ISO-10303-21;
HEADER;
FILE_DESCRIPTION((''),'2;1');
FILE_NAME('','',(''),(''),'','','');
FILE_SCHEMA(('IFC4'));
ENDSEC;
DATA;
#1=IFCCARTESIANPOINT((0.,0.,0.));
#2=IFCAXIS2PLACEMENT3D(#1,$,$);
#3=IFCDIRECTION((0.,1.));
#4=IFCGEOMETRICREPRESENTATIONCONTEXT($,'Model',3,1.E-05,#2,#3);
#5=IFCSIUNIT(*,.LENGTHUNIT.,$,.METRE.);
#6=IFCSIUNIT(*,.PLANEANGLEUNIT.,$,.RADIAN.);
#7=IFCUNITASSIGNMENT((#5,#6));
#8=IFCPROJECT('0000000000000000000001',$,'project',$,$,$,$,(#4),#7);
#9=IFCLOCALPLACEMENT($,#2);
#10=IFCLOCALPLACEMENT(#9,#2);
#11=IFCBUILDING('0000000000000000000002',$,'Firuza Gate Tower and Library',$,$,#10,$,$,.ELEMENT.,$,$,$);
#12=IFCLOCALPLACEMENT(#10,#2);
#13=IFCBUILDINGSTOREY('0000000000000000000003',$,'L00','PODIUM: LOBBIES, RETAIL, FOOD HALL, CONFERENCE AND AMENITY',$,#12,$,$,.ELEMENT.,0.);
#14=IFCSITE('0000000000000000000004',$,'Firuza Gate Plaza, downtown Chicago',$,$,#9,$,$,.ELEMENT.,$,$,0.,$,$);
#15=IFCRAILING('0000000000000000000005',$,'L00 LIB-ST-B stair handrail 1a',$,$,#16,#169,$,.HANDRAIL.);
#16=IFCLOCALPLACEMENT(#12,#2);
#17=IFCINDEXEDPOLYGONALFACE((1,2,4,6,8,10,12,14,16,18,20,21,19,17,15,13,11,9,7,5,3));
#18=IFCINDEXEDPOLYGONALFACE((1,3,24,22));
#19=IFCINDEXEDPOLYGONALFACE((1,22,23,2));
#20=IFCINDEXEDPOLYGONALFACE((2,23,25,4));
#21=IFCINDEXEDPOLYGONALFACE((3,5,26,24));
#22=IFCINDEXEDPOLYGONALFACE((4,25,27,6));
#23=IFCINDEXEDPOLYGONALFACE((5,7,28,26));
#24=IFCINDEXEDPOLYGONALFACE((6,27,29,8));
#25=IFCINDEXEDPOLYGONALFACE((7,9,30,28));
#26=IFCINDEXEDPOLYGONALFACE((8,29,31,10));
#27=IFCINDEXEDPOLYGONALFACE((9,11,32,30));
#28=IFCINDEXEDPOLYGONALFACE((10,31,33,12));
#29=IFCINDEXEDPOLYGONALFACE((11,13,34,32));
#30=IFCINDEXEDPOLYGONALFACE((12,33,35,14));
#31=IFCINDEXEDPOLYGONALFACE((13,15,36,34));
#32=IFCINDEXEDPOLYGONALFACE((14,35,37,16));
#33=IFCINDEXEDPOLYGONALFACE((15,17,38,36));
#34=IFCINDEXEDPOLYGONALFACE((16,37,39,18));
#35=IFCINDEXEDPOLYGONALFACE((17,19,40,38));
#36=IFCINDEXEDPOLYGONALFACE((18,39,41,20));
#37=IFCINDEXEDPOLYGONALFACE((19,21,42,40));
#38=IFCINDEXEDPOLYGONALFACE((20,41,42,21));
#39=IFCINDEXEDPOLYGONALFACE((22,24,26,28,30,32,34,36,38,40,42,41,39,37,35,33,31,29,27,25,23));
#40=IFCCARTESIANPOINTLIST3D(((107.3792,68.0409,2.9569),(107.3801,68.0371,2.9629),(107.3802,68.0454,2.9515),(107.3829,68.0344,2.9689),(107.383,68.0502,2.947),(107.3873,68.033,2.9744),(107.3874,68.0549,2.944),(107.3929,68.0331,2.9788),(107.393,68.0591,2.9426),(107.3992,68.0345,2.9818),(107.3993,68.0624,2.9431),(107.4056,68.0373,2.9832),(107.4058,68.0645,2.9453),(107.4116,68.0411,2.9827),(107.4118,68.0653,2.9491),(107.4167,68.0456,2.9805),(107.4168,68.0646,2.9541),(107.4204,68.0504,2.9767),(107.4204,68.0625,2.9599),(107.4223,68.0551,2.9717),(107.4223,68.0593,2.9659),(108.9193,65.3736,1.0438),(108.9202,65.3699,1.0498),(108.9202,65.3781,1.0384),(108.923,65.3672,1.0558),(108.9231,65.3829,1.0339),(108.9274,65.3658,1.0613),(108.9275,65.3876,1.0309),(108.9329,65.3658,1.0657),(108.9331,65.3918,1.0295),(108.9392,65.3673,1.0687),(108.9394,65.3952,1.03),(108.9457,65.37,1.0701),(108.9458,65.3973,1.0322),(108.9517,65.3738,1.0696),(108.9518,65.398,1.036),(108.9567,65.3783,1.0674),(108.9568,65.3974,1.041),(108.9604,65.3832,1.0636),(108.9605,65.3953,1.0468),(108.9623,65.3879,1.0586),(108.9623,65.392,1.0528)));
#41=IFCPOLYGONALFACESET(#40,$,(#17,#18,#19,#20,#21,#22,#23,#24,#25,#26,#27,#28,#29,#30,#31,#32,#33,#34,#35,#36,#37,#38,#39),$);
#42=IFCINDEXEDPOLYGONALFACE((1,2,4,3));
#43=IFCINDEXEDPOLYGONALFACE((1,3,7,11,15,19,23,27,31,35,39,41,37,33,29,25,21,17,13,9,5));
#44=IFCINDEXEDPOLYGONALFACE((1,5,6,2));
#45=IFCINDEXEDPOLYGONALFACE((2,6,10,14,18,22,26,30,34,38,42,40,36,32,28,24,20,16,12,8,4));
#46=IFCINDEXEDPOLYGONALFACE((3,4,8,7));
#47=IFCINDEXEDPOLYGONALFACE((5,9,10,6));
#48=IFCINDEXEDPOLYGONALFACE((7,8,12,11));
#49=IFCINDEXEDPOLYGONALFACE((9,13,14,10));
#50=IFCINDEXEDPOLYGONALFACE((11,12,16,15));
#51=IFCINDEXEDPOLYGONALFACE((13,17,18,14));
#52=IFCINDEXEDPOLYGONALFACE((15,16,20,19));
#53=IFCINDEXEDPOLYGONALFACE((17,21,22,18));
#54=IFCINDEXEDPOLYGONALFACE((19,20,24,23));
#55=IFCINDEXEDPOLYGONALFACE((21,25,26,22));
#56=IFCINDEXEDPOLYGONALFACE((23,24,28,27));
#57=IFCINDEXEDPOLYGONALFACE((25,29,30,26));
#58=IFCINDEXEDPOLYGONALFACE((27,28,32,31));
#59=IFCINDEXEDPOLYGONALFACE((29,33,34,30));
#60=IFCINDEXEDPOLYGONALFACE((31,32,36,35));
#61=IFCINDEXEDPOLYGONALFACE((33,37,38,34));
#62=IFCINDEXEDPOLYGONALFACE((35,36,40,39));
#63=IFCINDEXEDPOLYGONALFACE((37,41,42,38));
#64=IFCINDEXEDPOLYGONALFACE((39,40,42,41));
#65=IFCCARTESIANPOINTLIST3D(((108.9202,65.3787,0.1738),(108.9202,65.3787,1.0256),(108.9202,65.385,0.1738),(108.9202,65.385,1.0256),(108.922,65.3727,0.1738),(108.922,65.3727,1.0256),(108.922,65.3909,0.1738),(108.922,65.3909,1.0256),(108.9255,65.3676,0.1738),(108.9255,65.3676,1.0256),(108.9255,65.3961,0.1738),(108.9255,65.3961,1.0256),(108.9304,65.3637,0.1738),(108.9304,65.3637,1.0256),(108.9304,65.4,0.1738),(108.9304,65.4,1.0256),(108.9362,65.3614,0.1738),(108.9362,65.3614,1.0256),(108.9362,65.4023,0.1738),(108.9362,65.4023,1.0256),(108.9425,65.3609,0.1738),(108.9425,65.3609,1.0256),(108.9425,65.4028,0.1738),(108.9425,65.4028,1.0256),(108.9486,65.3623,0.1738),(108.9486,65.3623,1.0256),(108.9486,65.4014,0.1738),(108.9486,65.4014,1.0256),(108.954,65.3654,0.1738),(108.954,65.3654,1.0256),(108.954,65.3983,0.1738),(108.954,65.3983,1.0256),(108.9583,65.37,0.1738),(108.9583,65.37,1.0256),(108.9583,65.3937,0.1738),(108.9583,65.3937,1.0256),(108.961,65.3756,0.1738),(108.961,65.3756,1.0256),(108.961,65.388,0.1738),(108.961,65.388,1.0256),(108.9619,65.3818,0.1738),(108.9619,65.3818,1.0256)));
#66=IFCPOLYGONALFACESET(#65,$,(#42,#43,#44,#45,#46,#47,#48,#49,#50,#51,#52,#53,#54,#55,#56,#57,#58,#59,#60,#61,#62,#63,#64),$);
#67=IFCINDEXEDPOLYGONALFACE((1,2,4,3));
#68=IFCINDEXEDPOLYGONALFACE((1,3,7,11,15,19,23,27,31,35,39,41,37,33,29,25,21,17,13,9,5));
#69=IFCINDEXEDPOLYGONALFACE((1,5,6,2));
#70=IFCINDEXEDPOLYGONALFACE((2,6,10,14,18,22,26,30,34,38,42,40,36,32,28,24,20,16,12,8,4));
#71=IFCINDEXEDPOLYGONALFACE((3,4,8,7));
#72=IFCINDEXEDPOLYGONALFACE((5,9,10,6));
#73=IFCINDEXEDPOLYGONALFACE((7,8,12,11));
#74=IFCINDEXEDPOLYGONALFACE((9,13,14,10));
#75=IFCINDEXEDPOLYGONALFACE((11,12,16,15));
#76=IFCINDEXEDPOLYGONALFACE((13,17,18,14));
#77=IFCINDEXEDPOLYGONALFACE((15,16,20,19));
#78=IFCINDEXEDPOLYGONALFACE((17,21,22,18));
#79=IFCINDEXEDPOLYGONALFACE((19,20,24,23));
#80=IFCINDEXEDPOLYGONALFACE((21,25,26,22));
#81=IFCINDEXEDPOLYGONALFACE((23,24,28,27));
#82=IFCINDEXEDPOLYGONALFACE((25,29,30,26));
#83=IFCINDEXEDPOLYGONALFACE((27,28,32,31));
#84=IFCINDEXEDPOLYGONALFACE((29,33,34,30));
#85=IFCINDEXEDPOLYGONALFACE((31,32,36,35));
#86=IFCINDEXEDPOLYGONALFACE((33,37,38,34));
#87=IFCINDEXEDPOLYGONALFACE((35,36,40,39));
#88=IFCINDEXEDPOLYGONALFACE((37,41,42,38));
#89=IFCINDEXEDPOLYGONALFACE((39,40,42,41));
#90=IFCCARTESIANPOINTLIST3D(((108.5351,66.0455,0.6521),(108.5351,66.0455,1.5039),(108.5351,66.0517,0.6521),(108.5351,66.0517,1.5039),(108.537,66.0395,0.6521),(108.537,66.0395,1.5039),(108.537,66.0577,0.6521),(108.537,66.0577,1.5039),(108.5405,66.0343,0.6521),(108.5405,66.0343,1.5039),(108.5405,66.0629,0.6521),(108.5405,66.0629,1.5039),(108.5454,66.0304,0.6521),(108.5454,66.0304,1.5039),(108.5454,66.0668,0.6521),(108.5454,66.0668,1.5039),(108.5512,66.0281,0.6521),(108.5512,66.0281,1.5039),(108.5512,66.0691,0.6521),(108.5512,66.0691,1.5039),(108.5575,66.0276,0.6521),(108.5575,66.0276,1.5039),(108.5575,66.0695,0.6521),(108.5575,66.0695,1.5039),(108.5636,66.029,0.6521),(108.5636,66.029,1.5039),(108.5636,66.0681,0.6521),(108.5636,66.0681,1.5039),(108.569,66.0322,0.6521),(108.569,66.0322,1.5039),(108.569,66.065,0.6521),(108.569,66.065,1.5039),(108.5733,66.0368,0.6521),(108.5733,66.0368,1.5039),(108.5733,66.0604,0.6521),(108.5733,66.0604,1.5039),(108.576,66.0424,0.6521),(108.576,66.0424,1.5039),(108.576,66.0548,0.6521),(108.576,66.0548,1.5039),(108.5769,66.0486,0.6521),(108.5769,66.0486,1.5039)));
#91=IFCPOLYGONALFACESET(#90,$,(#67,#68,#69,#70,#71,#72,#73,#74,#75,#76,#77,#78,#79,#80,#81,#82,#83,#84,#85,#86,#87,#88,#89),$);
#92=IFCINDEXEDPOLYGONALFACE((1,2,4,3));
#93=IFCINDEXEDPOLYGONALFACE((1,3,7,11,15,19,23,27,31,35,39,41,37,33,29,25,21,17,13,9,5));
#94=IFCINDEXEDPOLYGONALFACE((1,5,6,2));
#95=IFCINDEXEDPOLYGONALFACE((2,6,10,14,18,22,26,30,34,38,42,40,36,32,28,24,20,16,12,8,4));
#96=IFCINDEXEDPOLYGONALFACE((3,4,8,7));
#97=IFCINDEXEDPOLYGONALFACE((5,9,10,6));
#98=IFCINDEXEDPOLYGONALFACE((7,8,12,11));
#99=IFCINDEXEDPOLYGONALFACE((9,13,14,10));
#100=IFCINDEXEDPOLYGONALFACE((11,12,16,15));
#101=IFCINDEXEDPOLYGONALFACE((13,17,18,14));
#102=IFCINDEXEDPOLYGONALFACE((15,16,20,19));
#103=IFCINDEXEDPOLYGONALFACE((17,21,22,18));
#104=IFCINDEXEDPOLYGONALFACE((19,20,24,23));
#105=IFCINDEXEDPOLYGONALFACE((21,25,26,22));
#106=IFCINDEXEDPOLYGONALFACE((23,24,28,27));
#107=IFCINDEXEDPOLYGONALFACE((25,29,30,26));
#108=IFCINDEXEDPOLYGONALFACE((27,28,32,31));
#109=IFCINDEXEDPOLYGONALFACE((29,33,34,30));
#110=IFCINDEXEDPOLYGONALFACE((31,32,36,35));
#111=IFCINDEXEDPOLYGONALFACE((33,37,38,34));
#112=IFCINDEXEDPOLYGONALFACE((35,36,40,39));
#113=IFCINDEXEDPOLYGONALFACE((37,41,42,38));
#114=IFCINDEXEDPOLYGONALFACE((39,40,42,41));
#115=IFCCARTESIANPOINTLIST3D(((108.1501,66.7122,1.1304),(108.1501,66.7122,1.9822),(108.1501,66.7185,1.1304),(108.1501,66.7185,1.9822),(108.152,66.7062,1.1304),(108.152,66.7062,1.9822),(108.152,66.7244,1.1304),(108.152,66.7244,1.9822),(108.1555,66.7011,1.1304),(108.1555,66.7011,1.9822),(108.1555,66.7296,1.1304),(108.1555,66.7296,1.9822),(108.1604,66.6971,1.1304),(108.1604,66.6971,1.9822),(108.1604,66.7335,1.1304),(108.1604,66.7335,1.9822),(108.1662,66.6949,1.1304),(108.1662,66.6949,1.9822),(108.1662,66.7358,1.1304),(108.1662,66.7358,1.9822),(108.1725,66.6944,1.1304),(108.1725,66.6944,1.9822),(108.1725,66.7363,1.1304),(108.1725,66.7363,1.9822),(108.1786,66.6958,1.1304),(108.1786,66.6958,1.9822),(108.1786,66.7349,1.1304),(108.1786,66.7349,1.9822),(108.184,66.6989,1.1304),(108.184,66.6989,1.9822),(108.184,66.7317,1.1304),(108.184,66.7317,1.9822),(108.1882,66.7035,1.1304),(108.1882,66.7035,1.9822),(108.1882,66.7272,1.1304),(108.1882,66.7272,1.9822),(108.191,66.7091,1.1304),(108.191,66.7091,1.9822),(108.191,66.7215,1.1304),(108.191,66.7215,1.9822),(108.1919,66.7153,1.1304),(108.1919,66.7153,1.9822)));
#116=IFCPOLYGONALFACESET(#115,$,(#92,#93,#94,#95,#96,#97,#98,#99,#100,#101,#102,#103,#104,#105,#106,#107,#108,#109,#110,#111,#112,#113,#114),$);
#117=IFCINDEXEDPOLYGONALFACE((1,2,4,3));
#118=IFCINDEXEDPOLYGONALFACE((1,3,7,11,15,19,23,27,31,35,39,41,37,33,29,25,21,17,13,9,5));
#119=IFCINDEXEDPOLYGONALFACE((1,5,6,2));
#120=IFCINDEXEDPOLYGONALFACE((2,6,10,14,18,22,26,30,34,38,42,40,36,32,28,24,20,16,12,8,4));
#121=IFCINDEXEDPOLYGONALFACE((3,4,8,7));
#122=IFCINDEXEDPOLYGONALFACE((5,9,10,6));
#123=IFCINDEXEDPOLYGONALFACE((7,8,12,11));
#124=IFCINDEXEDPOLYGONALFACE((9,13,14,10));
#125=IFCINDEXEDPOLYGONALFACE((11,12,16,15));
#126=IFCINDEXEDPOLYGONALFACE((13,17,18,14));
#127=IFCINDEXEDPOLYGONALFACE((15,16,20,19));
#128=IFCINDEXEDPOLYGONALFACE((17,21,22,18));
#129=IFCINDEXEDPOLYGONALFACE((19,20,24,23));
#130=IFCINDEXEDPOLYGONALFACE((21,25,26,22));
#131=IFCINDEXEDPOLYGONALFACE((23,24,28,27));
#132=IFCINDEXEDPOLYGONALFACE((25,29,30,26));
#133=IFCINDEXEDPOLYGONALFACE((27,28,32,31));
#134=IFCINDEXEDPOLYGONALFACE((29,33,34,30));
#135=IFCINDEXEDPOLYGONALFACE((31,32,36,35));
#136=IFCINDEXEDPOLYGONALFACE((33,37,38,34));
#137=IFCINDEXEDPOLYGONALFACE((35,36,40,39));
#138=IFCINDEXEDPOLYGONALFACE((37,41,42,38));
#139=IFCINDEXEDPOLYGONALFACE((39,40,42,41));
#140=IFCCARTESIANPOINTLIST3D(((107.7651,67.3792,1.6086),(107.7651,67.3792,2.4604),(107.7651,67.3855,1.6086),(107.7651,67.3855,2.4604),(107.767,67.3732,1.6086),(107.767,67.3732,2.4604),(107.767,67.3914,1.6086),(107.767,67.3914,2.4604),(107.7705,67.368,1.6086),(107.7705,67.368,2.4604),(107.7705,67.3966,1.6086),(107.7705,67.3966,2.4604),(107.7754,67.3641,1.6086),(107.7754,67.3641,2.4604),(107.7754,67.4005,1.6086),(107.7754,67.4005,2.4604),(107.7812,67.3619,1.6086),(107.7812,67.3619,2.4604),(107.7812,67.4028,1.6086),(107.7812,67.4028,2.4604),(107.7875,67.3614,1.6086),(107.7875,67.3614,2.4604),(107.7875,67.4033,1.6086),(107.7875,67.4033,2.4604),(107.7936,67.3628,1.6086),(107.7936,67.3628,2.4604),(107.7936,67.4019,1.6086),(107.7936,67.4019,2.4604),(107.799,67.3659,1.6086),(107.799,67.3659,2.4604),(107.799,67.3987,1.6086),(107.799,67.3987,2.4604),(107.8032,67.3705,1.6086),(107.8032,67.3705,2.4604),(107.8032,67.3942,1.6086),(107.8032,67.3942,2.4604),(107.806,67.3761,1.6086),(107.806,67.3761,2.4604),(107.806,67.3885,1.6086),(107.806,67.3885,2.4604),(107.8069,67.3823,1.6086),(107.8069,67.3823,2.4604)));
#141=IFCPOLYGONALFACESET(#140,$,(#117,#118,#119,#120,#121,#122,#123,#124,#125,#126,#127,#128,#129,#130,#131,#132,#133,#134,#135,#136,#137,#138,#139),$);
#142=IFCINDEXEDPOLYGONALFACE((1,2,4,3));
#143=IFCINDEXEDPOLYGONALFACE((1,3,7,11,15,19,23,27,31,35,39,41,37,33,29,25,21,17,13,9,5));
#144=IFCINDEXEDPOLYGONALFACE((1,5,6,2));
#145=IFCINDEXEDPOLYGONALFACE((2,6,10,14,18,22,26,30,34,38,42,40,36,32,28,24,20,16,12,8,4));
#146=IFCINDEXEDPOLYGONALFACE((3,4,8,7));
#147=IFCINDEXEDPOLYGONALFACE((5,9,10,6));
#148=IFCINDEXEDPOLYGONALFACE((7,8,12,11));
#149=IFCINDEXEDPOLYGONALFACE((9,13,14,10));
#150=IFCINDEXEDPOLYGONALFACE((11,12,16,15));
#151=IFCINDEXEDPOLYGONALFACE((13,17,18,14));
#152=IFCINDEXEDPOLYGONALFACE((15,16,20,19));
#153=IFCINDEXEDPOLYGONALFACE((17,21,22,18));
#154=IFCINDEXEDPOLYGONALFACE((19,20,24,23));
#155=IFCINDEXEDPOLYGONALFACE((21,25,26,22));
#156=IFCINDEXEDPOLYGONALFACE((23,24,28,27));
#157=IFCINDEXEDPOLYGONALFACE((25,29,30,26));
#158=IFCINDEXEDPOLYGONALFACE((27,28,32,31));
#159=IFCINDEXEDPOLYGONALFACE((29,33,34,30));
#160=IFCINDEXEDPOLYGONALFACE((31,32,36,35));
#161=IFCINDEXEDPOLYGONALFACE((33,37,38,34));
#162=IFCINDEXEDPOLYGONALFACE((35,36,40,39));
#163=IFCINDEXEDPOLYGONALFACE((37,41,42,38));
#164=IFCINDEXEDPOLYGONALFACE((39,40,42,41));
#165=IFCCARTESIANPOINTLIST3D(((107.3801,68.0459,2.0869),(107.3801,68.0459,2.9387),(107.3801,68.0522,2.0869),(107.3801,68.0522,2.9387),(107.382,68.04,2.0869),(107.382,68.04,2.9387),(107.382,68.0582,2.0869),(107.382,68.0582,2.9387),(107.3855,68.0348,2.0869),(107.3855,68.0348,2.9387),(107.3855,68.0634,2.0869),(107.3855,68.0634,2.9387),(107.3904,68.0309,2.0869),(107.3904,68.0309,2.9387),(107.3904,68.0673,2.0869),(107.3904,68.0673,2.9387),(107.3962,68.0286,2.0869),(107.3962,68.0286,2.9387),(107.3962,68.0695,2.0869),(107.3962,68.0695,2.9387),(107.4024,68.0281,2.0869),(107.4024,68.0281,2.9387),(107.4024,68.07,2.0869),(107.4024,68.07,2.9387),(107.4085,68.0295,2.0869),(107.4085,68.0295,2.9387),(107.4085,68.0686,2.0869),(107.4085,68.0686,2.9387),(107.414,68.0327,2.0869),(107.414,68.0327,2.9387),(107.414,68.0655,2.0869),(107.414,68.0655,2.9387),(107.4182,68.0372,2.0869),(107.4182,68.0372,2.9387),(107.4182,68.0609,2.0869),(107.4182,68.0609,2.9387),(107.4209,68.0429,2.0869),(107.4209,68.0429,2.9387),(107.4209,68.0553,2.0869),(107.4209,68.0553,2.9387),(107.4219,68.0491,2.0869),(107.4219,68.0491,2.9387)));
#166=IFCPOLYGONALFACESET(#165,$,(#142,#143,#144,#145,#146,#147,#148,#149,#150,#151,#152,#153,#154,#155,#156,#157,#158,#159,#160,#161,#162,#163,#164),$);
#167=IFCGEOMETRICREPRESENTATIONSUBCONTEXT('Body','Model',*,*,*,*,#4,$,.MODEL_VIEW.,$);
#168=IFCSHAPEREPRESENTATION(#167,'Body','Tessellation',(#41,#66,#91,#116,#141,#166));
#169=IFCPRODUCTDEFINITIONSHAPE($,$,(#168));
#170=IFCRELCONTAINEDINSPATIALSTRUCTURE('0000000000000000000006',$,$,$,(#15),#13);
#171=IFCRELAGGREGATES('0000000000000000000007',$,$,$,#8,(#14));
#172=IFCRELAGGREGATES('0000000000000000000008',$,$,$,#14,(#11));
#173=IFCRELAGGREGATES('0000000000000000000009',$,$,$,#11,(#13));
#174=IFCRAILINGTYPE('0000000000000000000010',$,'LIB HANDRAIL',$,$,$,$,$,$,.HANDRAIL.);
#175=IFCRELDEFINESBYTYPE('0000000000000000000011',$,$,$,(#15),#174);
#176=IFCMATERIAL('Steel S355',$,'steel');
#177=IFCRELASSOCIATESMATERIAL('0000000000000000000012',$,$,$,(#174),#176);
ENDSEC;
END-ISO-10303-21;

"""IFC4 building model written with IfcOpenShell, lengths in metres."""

from ifc_helpers import new_model, si_unit, direction, frame, origin, origin_2d, place, context, subcontext, project, spatial, circle, extrude, material, type_object, element, save


model = new_model("IFC4")

# Units and contexts
model_context = context("Model", 3, precision=1e-05, world=origin(), true_north=direction((0.0, 1.0)))
body_context = subcontext(model_context, "Body", "Model", "MODEL_VIEW")
ifc_project = project(units=[si_unit("LENGTHUNIT", "METRE"), si_unit("PLANEANGLEUNIT", "RADIAN")], contexts=[model_context])

# Site, building, storey
site_placement = place(None, origin())
site = spatial("IfcSite", under=ifc_project, at=site_placement, Name="Firuza Gate Plaza, downtown Chicago", CompositionType="ELEMENT", RefElevation=0.0)
building_placement = place(site_placement, origin())
building = spatial("IfcBuilding", under=site, at=building_placement, Name="Firuza Gate Tower and Library", CompositionType="ELEMENT")
storey_placement = place(building_placement, origin())
storey = spatial("IfcBuildingStorey", under=building, at=storey_placement, Name="L00", Description="PODIUM: LOBBIES, RETAIL, FOOD HALL, CONFERENCE AND AMENITY", CompositionType="ELEMENT", Elevation=0.0)

# Railing
ifc_material_1 = material(Name="Steel S355", Category="steel")
railing_type_1 = type_object("IfcRailingType", Name="LIB HANDRAIL", PredefinedType="HANDRAIL", material=ifc_material_1)
railing_1_placement = place(storey_placement, frame((108.9409, 65.3818, 0.1738)))
element("IfcRailing", 1, at=railing_1_placement, inside=storey, type_object=railing_type_1, Name="L00 LIB-ST-B stair handrail 1a", PredefinedType="HANDRAIL", context=body_context, shape_type="SweptSolid", body=[
    extrude(circle(Radius=0.0239, at=origin_2d()), frame((0.0, 0.0, 0.876), z_axis=(-0.424755, 0.735645, 0.527645), x_axis=(-0.86601, -0.500027, 0.0)), (0.0, 0.0, 1.0), 3.6257),
    extrude(circle(Radius=0.021, at=origin_2d()), origin(), (0.0, 0.0, 1.0), 0.8518),
    extrude(circle(Radius=0.021, at=origin_2d()), frame((-0.385, 0.6667, 0.4783)), (0.0, 0.0, 1.0), 0.8518),
    extrude(circle(Radius=0.021, at=origin_2d()), frame((-0.77, 1.3335, 0.9565)), (0.0, 0.0, 1.0), 0.8518),
    extrude(circle(Radius=0.021, at=origin_2d()), frame((-1.155, 2.0005, 1.4348)), (0.0, 0.0, 1.0), 0.8518),
    extrude(circle(Radius=0.021, at=origin_2d()), frame((-1.54, 2.6672, 1.9131)), (0.0, 0.0, 1.0), 0.8518),
])

save(model, "model.ifc")
